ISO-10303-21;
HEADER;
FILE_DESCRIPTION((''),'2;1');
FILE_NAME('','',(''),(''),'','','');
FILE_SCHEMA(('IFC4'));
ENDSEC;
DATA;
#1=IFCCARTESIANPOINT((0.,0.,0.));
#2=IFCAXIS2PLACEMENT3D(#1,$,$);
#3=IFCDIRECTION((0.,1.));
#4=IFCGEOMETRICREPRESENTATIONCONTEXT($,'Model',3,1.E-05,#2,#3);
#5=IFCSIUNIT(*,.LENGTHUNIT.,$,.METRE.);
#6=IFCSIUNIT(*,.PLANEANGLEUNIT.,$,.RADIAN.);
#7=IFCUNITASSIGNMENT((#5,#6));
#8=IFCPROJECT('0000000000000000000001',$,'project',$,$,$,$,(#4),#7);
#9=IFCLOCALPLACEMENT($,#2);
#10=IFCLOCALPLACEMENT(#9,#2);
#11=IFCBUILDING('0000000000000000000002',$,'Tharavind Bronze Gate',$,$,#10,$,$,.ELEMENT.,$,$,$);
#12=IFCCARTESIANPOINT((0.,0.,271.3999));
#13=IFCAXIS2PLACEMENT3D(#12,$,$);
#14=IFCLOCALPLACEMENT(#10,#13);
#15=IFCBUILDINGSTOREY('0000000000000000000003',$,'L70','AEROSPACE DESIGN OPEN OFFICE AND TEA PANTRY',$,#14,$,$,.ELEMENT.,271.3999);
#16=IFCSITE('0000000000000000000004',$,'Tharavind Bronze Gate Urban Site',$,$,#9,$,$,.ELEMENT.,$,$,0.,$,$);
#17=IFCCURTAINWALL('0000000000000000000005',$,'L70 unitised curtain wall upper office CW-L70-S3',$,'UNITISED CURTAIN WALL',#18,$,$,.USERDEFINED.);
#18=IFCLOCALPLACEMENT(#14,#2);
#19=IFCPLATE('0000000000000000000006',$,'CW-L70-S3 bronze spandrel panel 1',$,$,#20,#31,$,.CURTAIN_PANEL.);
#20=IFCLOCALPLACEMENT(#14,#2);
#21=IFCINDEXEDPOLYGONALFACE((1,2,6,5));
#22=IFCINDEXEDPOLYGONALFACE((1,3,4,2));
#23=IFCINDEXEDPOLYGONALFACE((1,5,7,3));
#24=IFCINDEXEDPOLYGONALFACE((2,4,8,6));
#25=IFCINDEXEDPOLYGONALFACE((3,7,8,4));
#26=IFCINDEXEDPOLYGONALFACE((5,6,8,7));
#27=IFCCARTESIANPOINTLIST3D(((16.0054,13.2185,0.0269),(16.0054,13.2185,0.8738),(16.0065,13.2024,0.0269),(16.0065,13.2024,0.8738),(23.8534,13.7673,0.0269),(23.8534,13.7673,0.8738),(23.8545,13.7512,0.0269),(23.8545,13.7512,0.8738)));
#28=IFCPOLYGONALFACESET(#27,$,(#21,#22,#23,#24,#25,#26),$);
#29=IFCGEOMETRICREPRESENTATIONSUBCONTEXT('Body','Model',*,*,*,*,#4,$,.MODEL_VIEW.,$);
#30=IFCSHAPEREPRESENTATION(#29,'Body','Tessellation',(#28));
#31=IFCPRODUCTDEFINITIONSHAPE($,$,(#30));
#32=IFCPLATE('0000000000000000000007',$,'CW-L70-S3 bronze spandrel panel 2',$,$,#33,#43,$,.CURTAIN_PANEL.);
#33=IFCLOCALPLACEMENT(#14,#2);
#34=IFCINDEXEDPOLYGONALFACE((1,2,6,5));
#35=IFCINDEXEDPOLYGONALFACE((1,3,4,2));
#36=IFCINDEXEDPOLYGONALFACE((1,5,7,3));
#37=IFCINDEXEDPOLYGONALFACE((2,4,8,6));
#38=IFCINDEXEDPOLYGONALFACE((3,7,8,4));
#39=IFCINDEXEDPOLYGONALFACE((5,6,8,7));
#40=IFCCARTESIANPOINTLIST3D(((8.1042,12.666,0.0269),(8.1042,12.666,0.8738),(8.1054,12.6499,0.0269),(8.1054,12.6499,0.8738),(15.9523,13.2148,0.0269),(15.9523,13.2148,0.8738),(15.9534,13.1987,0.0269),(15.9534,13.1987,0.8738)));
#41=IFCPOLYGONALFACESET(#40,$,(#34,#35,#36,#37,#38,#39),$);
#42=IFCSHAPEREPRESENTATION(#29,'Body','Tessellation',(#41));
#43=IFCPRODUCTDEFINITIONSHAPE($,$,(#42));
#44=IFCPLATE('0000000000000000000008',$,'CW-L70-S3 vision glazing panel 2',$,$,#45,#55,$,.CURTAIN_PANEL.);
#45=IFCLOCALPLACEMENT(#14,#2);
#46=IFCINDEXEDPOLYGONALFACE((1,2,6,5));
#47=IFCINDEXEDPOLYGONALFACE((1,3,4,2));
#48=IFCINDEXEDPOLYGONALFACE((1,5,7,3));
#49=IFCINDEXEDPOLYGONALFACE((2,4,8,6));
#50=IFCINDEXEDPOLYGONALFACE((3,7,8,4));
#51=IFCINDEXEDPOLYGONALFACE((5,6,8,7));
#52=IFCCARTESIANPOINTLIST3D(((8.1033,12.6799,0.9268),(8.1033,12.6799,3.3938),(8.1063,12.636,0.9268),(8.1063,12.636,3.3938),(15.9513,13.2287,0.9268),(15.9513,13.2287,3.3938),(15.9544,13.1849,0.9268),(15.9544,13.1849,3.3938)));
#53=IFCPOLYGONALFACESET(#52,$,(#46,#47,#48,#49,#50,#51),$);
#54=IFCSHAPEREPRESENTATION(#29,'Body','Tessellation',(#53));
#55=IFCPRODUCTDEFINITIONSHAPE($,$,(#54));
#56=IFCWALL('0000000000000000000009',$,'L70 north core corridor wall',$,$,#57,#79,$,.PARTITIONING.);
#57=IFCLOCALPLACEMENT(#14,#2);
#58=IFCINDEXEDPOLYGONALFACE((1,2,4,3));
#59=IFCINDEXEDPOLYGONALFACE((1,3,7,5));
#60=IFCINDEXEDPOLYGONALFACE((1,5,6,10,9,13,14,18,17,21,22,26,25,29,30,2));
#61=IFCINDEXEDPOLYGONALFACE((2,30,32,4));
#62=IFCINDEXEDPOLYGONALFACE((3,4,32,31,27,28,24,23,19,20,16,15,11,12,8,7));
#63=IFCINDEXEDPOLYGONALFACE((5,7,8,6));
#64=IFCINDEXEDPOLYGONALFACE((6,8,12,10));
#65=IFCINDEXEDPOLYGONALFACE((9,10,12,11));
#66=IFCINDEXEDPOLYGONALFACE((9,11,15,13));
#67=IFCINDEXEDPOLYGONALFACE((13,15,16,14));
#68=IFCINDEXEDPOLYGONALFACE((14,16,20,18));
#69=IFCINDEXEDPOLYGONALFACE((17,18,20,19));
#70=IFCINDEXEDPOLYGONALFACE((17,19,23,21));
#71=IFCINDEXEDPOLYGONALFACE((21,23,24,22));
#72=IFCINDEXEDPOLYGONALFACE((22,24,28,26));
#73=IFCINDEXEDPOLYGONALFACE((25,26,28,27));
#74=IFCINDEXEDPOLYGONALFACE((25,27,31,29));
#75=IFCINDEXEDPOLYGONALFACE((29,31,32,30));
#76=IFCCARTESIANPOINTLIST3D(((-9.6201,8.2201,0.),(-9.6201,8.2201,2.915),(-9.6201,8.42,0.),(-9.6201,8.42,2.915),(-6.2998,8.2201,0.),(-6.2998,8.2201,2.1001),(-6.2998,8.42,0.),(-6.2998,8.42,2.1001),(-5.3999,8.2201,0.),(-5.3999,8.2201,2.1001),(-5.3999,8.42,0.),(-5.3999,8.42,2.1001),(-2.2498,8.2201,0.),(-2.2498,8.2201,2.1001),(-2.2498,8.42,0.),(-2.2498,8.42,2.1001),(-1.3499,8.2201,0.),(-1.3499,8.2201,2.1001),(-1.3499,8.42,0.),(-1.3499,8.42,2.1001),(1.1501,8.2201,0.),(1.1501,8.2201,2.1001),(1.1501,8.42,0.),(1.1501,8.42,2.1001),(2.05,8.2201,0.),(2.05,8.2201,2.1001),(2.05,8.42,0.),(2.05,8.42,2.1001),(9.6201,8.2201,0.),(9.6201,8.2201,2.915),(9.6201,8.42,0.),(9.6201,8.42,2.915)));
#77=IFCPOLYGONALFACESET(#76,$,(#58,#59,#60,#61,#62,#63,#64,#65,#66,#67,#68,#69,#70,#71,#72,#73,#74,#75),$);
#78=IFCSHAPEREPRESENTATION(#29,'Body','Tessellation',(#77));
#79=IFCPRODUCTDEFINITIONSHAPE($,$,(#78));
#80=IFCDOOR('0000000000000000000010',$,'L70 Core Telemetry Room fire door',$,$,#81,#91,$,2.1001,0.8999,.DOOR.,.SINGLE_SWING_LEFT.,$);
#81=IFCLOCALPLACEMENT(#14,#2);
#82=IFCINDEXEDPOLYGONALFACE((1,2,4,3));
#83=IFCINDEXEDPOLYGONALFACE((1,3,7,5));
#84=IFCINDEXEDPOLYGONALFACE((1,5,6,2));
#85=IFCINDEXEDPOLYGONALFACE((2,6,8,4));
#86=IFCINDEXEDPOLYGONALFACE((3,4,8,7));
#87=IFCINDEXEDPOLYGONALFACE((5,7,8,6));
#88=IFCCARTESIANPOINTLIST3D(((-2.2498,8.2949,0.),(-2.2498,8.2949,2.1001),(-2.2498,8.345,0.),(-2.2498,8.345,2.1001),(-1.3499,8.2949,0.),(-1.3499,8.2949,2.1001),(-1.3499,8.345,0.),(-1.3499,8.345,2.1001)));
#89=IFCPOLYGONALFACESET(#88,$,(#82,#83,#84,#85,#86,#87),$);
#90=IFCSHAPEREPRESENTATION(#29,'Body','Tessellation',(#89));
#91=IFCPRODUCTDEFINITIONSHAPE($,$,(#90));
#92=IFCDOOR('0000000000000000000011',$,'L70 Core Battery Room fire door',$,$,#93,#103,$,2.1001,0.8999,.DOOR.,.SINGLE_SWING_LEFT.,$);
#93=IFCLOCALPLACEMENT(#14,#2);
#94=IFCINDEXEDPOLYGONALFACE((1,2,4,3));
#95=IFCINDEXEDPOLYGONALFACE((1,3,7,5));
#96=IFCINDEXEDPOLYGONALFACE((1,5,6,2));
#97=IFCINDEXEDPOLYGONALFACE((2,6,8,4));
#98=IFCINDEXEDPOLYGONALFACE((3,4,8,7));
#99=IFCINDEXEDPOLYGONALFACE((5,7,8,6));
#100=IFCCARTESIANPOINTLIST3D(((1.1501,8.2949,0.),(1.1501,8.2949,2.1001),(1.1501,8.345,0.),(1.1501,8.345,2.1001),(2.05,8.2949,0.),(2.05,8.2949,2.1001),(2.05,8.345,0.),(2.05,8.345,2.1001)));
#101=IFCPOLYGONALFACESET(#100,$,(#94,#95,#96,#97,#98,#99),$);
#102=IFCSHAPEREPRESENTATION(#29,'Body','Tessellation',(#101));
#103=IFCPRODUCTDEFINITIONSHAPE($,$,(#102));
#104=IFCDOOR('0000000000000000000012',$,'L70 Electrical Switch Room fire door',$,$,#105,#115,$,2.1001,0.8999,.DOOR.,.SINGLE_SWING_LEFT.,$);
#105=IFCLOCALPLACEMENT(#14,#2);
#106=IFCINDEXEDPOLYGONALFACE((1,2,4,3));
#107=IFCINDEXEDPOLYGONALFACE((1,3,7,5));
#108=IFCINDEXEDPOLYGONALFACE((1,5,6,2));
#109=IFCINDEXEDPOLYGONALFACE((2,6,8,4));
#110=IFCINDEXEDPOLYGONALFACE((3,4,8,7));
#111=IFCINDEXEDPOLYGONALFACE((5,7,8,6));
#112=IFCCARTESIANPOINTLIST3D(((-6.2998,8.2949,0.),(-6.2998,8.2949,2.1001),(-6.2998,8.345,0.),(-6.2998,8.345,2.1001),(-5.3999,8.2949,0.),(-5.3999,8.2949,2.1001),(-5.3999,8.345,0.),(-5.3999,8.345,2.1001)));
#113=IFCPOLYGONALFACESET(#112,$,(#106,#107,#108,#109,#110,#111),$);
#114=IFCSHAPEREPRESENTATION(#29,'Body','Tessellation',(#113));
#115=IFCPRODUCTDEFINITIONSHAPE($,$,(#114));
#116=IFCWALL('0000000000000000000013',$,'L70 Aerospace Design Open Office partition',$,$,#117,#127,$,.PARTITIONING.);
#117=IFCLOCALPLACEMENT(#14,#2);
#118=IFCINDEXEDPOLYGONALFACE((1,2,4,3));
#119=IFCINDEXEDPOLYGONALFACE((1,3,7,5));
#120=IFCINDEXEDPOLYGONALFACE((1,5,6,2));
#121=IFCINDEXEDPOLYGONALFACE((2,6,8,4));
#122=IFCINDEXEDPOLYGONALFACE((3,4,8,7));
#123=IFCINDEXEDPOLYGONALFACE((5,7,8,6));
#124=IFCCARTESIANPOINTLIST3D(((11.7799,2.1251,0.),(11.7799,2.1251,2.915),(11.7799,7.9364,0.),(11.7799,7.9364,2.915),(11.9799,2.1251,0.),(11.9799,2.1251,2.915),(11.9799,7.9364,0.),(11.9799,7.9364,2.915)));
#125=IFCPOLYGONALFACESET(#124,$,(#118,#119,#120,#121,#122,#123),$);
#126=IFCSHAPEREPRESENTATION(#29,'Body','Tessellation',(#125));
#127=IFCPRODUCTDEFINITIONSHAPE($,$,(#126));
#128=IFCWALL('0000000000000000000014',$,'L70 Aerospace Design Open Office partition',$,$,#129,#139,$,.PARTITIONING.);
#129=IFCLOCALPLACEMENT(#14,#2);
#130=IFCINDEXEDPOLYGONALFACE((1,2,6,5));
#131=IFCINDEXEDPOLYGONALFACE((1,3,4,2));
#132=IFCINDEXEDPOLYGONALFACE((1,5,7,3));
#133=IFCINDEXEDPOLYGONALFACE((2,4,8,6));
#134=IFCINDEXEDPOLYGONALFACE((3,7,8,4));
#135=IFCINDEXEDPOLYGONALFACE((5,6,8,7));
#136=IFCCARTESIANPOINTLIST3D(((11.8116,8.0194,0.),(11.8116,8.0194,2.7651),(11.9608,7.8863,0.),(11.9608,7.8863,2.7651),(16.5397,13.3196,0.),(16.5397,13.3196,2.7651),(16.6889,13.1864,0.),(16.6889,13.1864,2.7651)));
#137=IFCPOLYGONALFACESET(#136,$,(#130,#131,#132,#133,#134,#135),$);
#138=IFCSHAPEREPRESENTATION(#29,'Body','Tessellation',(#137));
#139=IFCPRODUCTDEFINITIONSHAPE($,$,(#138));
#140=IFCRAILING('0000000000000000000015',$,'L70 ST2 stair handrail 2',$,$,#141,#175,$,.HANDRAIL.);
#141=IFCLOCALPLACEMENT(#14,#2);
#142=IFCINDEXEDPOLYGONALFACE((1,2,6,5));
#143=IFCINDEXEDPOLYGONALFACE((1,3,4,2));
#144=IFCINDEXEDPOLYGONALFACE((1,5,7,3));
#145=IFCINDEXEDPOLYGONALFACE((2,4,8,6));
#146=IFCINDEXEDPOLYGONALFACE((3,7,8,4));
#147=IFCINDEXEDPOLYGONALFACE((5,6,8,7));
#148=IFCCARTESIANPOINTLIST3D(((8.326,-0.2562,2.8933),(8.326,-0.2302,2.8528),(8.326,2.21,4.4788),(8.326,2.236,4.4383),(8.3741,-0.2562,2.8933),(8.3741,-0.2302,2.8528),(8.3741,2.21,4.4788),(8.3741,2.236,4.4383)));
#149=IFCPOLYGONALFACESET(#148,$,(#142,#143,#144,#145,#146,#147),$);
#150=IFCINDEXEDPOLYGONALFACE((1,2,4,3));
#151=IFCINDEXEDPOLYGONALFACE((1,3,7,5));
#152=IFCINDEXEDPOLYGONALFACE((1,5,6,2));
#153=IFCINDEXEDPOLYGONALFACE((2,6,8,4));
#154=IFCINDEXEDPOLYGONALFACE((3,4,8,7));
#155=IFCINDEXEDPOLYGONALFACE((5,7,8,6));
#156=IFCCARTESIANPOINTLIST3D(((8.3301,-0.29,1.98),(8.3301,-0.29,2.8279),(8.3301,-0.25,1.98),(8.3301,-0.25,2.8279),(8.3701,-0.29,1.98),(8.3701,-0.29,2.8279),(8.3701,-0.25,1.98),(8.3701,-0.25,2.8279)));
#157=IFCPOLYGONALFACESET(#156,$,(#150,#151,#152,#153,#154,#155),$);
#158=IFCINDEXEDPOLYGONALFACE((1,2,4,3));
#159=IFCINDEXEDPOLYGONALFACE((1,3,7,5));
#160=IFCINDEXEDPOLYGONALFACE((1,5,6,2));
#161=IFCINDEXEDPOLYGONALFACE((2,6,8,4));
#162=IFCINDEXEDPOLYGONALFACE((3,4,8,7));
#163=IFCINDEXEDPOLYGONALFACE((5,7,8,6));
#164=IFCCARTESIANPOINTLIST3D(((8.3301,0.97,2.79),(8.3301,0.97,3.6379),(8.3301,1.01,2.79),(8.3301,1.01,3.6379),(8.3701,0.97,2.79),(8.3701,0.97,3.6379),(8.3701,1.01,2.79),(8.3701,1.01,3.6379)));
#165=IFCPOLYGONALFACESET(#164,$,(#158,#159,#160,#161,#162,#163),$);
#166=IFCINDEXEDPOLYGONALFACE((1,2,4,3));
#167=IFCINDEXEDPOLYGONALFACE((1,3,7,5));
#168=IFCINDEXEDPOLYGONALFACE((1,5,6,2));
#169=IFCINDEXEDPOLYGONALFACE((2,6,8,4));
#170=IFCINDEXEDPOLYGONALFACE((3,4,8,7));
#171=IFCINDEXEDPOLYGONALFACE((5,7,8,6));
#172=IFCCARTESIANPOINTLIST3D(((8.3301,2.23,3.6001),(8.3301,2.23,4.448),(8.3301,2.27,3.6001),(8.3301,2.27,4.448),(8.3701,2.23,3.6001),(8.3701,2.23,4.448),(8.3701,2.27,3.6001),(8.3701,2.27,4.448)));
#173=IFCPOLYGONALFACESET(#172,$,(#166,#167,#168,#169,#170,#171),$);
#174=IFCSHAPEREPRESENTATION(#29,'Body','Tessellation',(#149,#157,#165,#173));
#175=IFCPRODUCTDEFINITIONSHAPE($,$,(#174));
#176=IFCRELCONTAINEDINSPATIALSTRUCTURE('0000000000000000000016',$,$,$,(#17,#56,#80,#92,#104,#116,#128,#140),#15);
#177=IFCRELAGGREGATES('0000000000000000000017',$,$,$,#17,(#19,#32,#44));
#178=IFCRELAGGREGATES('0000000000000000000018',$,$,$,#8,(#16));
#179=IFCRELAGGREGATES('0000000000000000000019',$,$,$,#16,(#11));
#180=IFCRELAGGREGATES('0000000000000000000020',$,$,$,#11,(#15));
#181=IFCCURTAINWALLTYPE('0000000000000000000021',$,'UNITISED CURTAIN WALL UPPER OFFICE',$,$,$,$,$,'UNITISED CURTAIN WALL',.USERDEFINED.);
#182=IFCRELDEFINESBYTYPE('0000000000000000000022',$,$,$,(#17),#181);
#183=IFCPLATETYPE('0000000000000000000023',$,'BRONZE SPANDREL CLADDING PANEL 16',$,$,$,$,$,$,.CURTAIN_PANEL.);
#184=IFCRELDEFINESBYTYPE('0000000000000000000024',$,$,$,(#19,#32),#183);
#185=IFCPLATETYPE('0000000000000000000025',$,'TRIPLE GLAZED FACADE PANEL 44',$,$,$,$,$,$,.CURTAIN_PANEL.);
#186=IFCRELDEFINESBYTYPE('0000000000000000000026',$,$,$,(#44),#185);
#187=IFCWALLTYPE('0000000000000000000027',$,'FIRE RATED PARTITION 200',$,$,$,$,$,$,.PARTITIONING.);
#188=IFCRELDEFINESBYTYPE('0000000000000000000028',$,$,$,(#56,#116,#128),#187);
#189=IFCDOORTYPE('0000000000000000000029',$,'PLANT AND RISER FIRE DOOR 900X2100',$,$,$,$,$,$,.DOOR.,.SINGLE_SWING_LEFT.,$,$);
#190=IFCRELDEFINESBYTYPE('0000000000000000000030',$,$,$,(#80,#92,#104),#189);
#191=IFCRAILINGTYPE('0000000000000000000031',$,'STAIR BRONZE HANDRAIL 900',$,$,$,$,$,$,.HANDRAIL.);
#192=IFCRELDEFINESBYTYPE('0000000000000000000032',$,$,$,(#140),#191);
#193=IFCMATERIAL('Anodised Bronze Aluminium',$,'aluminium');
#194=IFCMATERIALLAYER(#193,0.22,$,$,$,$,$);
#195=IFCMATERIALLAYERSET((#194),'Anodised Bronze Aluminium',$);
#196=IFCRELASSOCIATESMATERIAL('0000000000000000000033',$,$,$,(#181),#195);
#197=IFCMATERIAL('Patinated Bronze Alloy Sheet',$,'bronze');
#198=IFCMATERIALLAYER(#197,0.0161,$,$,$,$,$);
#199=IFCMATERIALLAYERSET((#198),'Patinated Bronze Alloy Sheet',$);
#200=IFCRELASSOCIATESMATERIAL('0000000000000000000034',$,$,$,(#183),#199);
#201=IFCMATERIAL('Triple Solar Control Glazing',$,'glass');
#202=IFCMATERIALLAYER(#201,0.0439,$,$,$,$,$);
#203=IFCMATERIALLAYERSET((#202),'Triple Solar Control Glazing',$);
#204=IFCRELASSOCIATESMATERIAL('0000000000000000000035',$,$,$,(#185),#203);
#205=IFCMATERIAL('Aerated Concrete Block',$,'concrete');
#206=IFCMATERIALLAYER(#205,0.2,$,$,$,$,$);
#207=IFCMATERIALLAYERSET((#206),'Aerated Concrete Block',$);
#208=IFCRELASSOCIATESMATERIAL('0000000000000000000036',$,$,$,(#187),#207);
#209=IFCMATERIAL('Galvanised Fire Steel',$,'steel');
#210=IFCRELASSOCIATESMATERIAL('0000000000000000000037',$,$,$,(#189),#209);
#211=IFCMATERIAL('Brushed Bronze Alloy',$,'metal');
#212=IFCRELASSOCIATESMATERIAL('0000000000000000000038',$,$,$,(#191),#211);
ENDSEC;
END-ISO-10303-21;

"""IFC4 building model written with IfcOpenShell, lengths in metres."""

from ifc_helpers import new_model, si_unit, direction, frame, frame_2d, origin, origin_2d, place, context, subcontext, project, spatial, rectangle, extrude, material, layer, layer_set, type_object, element, fill, aggregate, save


model = new_model("IFC4")

# Units and contexts
model_context = context("Model", 3, precision=1e-05, world=origin(), true_north=direction((0.0, 1.0)))
body_context = subcontext(model_context, "Body", "Model", "MODEL_VIEW")
ifc_project = project(units=[si_unit("LENGTHUNIT", "METRE"), si_unit("PLANEANGLEUNIT", "RADIAN")], contexts=[model_context])

# Site, building, storey
site_placement = place(None, origin())
site = spatial("IfcSite", under=ifc_project, at=site_placement, Name="Tharavind Bronze Gate Urban Site", CompositionType="ELEMENT", RefElevation=0.0)
building_placement = place(site_placement, origin())
building = spatial("IfcBuilding", under=site, at=building_placement, Name="Tharavind Bronze Gate", CompositionType="ELEMENT")
storey_placement = place(building_placement, frame((0.0, 0.0, 271.3999)))
storey = spatial("IfcBuildingStorey", under=building, at=storey_placement, Name="L70", Description="AEROSPACE DESIGN OPEN OFFICE AND TEA PANTRY", CompositionType="ELEMENT", Elevation=271.3999)

# Curtain wall
ifc_material_1 = material(Name="Anodised Bronze Aluminium", Category="aluminium")
ifc_layer_1 = layer(ifc_material_1, 0.22)
ifc_layer_set_1 = layer_set([ifc_layer_1], Name="Anodised Bronze Aluminium")
curtain_wall_type = type_object("IfcCurtainWallType", Name="UNITISED CURTAIN WALL UPPER OFFICE", ElementType="UNITISED CURTAIN WALL", PredefinedType="USERDEFINED", material=ifc_layer_set_1)
curtain_wall_placement = place(storey_placement, origin())
curtain_wall = element("IfcCurtainWall", 1, at=curtain_wall_placement, inside=storey, type_object=curtain_wall_type, Name="L70 unitised curtain wall upper office CW-L70-S3", ObjectType="UNITISED CURTAIN WALL", PredefinedType="USERDEFINED")

# Plates
ifc_material_2 = material(Name="Patinated Bronze Alloy Sheet", Category="bronze")
ifc_layer_2 = layer(ifc_material_2, 0.0161)
ifc_layer_set_2 = layer_set([ifc_layer_2], Name="Patinated Bronze Alloy Sheet")
plate_type_1 = type_object("IfcPlateType", Name="BRONZE SPANDREL CLADDING PANEL 16", PredefinedType="CURTAIN_PANEL", material=ifc_layer_set_2)
plate_1_placement = place(storey_placement, frame((19.9299, 13.4849, 0.0269), z_axis=(0.0, 0.0, 1.0), x_axis=(-0.997564, -0.06976, 0.0)))
plate_1 = element("IfcPlate", 2, at=plate_1_placement, type_object=plate_type_1, Name="CW-L70-S3 bronze spandrel panel 1", PredefinedType="CURTAIN_PANEL", context=body_context, shape_type="SweptSolid", body=[
    extrude(rectangle(XDim=7.8672, YDim=0.0161, at=origin_2d()), origin(), (0.0, 0.0, 1.0), 0.8469),
])
plate_2_placement = place(storey_placement, frame((12.0288, 12.9324, 0.0269), z_axis=(0.0, 0.0, 1.0), x_axis=(-0.997564, -0.06976, 0.0)))
plate_2 = element("IfcPlate", 3, at=plate_2_placement, type_object=plate_type_1, Name="CW-L70-S3 bronze spandrel panel 2", PredefinedType="CURTAIN_PANEL", context=body_context, shape_type="SweptSolid", body=[
    extrude(rectangle(XDim=7.8672, YDim=0.0161, at=origin_2d()), origin(), (0.0, 0.0, 1.0), 0.8469),
])
ifc_material_3 = material(Name="Triple Solar Control Glazing", Category="glass")
ifc_layer_3 = layer(ifc_material_3, 0.0439)
ifc_layer_set_3 = layer_set([ifc_layer_3], Name="Triple Solar Control Glazing")
plate_type_2 = type_object("IfcPlateType", Name="TRIPLE GLAZED FACADE PANEL 44", PredefinedType="CURTAIN_PANEL", material=ifc_layer_set_3)
plate_3_placement = place(storey_placement, frame((12.0288, 12.9324, 0.9268), z_axis=(0.0, 0.0, 1.0), x_axis=(-0.997564, -0.06976, 0.0)))
plate_3 = element("IfcPlate", 4, at=plate_3_placement, type_object=plate_type_2, Name="CW-L70-S3 vision glazing panel 2", PredefinedType="CURTAIN_PANEL", context=body_context, shape_type="SweptSolid", body=[
    extrude(rectangle(XDim=7.8672, YDim=0.0439, at=origin_2d()), origin(), (0.0, 0.0, 1.0), 2.467),
])
aggregate(curtain_wall, [plate_1, plate_2, plate_3])

# Wall, openings, doors
ifc_material_4 = material(Name="Aerated Concrete Block", Category="concrete")
ifc_layer_4 = layer(ifc_material_4, 0.2)
ifc_layer_set_4 = layer_set([ifc_layer_4], Name="Aerated Concrete Block")
wall_type = type_object("IfcWallType", Name="FIRE RATED PARTITION 200", PredefinedType="PARTITIONING", material=ifc_layer_set_4)
wall_1_placement = place(storey_placement, frame((9.6201, 8.3201, 0.0), z_axis=(0.0, 0.0, 1.0), x_axis=(-1.0, 0.0, 0.0)))
wall_1 = element("IfcWall", 5, at=wall_1_placement, inside=storey, type_object=wall_type, Name="L70 north core corridor wall", PredefinedType="PARTITIONING", context=body_context, shape_type="SweptSolid", body=[
    extrude(rectangle(XDim=19.2402, YDim=0.2, at=frame_2d((9.6201, 0.0))), origin(), (0.0, 0.0, 1.0), 2.915),
])
opening_1_placement = place(wall_1_placement, frame((10.97, 0.0, 0.0)))
opening_1 = element("IfcOpeningElement", 6, at=opening_1_placement, cuts=wall_1, PredefinedType="OPENING", context=body_context, shape_type="SweptSolid", body=[
    extrude(rectangle(XDim=0.8999, YDim=2.1001, at=frame_2d((0.45, 1.05))), frame((0.0, 0.1101, 0.0), z_axis=(0.0, -1.0, 0.0), x_axis=(1.0, 0.0, 0.0)), (0.0, 0.0, 1.0), 0.22),
])
opening_2_placement = place(wall_1_placement, frame((7.5701, 0.0, 0.0)))
opening_2 = element("IfcOpeningElement", 7, at=opening_2_placement, cuts=wall_1, PredefinedType="OPENING", context=body_context, shape_type="SweptSolid", body=[
    extrude(rectangle(XDim=0.8999, YDim=2.1001, at=frame_2d((0.45, 1.05))), frame((0.0, 0.1101, 0.0), z_axis=(0.0, -1.0, 0.0), x_axis=(1.0, 0.0, 0.0)), (0.0, 0.0, 1.0), 0.22),
])
opening_3_placement = place(wall_1_placement, frame((15.02, 0.0, 0.0)))
opening_3 = element("IfcOpeningElement", 8, at=opening_3_placement, cuts=wall_1, PredefinedType="OPENING", context=body_context, shape_type="SweptSolid", body=[
    extrude(rectangle(XDim=0.8999, YDim=2.1001, at=frame_2d((0.45, 1.05))), frame((0.0, 0.1101, 0.0), z_axis=(0.0, -1.0, 0.0), x_axis=(1.0, 0.0, 0.0)), (0.0, 0.0, 1.0), 0.22),
])
ifc_material_5 = material(Name="Galvanised Fire Steel", Category="steel")
door_type = type_object("IfcDoorType", Name="PLANT AND RISER FIRE DOOR 900X2100", OperationType="SINGLE_SWING_LEFT", PredefinedType="DOOR", material=ifc_material_5)
door_1_placement = place(opening_1_placement, frame((0.8999, 0.0, 0.0), z_axis=(0.0, 0.0, 1.0), x_axis=(-1.0, 0.0, 0.0)))
door_1 = element("IfcDoor", 9, at=door_1_placement, inside=storey, type_object=door_type, Name="L70 Core Telemetry Room fire door", OperationType="SINGLE_SWING_LEFT", OverallHeight=2.1001, OverallWidth=0.8999, PredefinedType="DOOR", context=body_context, shape_type="SweptSolid", body=[
    extrude(rectangle(XDim=0.8999, YDim=2.1001, at=frame_2d((0.45, 1.05))), frame((0.0, 0.0249, 0.0), z_axis=(0.0, -1.0, 0.0), x_axis=(1.0, 0.0, 0.0)), (0.0, 0.0, 1.0), 0.05),
])
fill(opening_1, door_1)
door_2_placement = place(opening_2_placement, frame((0.8999, 0.0, 0.0), z_axis=(0.0, 0.0, 1.0), x_axis=(-1.0, 0.0, 0.0)))
door_2 = element("IfcDoor", 10, at=door_2_placement, inside=storey, type_object=door_type, Name="L70 Core Battery Room fire door", OperationType="SINGLE_SWING_LEFT", OverallHeight=2.1001, OverallWidth=0.8999, PredefinedType="DOOR", context=body_context, shape_type="SweptSolid", body=[
    extrude(rectangle(XDim=0.8999, YDim=2.1001, at=frame_2d((0.45, 1.05))), frame((0.0, 0.0249, 0.0), z_axis=(0.0, -1.0, 0.0), x_axis=(1.0, 0.0, 0.0)), (0.0, 0.0, 1.0), 0.05),
])
fill(opening_2, door_2)
door_3_placement = place(opening_3_placement, frame((0.8999, 0.0, 0.0), z_axis=(0.0, 0.0, 1.0), x_axis=(-1.0, 0.0, 0.0)))
door_3 = element("IfcDoor", 11, at=door_3_placement, inside=storey, type_object=door_type, Name="L70 Electrical Switch Room fire door", OperationType="SINGLE_SWING_LEFT", OverallHeight=2.1001, OverallWidth=0.8999, PredefinedType="DOOR", context=body_context, shape_type="SweptSolid", body=[
    extrude(rectangle(XDim=0.8999, YDim=2.1001, at=frame_2d((0.45, 1.05))), frame((0.0, 0.0249, 0.0), z_axis=(0.0, -1.0, 0.0), x_axis=(1.0, 0.0, 0.0)), (0.0, 0.0, 1.0), 0.05),
])
fill(opening_3, door_3)

# Walls
wall_2_placement = place(storey_placement, frame((11.8799, 2.125, 0.0), z_axis=(0.0, 0.0, 1.0), x_axis=(0.0, 1.0, 0.0)))
element("IfcWall", 12, at=wall_2_placement, inside=storey, type_object=wall_type, Name="L70 Aerospace Design Open Office partition", PredefinedType="PARTITIONING", context=body_context, shape_type="SweptSolid", body=[
    extrude(rectangle(XDim=5.8113, YDim=0.2, at=frame_2d((2.9058, 0.0))), origin(), (0.0, 0.0, 1.0), 2.915),
])
wall_3_placement = place(storey_placement, frame((11.8862, 7.9529, 0.0), z_axis=(0.0, 0.0, 1.0), x_axis=(0.66569, 0.746229, 0.0)))
element("IfcWall", 13, at=wall_3_placement, inside=storey, type_object=wall_type, Name="L70 Aerospace Design Open Office partition", PredefinedType="PARTITIONING", context=body_context, shape_type="SweptSolid", body=[
    extrude(rectangle(XDim=7.1025, YDim=0.2, at=frame_2d((3.5513, 0.0))), origin(), (0.0, 0.0, 1.0), 2.7651),
])

# Railing
ifc_material_6 = material(Name="Brushed Bronze Alloy", Category="metal")
railing_type = type_object("IfcRailingType", Name="STAIR BRONZE HANDRAIL 900", PredefinedType="HANDRAIL", material=ifc_material_6)
railing_placement = place(storey_placement, frame((8.3501, -0.27, 1.98)))
element("IfcRailing", 14, at=railing_placement, inside=storey, type_object=railing_type, Name="L70 ST2 stair handrail 2", PredefinedType="HANDRAIL", context=body_context, shape_type="SweptSolid", body=[
    extrude(rectangle(XDim=0.0481, YDim=0.0481, at=origin_2d()), frame((0.0, 0.0269, 0.8931), z_axis=(0.0, 0.841163, 0.540782), x_axis=(-1.0, 0.0, 0.0)), (0.0, 0.0, 1.0), 2.9319),
    extrude(rectangle(XDim=0.04, YDim=0.04, at=origin_2d()), origin(), (0.0, 0.0, 1.0), 0.8479),
    extrude(rectangle(XDim=0.04, YDim=0.04, at=origin_2d()), frame((0.0, 1.26, 0.8101)), (0.0, 0.0, 1.0), 0.8479),
    extrude(rectangle(XDim=0.04, YDim=0.04, at=origin_2d()), frame((0.0, 2.52, 1.6201)), (0.0, 0.0, 1.0), 0.8479),
])

save(model, "model.ifc")
